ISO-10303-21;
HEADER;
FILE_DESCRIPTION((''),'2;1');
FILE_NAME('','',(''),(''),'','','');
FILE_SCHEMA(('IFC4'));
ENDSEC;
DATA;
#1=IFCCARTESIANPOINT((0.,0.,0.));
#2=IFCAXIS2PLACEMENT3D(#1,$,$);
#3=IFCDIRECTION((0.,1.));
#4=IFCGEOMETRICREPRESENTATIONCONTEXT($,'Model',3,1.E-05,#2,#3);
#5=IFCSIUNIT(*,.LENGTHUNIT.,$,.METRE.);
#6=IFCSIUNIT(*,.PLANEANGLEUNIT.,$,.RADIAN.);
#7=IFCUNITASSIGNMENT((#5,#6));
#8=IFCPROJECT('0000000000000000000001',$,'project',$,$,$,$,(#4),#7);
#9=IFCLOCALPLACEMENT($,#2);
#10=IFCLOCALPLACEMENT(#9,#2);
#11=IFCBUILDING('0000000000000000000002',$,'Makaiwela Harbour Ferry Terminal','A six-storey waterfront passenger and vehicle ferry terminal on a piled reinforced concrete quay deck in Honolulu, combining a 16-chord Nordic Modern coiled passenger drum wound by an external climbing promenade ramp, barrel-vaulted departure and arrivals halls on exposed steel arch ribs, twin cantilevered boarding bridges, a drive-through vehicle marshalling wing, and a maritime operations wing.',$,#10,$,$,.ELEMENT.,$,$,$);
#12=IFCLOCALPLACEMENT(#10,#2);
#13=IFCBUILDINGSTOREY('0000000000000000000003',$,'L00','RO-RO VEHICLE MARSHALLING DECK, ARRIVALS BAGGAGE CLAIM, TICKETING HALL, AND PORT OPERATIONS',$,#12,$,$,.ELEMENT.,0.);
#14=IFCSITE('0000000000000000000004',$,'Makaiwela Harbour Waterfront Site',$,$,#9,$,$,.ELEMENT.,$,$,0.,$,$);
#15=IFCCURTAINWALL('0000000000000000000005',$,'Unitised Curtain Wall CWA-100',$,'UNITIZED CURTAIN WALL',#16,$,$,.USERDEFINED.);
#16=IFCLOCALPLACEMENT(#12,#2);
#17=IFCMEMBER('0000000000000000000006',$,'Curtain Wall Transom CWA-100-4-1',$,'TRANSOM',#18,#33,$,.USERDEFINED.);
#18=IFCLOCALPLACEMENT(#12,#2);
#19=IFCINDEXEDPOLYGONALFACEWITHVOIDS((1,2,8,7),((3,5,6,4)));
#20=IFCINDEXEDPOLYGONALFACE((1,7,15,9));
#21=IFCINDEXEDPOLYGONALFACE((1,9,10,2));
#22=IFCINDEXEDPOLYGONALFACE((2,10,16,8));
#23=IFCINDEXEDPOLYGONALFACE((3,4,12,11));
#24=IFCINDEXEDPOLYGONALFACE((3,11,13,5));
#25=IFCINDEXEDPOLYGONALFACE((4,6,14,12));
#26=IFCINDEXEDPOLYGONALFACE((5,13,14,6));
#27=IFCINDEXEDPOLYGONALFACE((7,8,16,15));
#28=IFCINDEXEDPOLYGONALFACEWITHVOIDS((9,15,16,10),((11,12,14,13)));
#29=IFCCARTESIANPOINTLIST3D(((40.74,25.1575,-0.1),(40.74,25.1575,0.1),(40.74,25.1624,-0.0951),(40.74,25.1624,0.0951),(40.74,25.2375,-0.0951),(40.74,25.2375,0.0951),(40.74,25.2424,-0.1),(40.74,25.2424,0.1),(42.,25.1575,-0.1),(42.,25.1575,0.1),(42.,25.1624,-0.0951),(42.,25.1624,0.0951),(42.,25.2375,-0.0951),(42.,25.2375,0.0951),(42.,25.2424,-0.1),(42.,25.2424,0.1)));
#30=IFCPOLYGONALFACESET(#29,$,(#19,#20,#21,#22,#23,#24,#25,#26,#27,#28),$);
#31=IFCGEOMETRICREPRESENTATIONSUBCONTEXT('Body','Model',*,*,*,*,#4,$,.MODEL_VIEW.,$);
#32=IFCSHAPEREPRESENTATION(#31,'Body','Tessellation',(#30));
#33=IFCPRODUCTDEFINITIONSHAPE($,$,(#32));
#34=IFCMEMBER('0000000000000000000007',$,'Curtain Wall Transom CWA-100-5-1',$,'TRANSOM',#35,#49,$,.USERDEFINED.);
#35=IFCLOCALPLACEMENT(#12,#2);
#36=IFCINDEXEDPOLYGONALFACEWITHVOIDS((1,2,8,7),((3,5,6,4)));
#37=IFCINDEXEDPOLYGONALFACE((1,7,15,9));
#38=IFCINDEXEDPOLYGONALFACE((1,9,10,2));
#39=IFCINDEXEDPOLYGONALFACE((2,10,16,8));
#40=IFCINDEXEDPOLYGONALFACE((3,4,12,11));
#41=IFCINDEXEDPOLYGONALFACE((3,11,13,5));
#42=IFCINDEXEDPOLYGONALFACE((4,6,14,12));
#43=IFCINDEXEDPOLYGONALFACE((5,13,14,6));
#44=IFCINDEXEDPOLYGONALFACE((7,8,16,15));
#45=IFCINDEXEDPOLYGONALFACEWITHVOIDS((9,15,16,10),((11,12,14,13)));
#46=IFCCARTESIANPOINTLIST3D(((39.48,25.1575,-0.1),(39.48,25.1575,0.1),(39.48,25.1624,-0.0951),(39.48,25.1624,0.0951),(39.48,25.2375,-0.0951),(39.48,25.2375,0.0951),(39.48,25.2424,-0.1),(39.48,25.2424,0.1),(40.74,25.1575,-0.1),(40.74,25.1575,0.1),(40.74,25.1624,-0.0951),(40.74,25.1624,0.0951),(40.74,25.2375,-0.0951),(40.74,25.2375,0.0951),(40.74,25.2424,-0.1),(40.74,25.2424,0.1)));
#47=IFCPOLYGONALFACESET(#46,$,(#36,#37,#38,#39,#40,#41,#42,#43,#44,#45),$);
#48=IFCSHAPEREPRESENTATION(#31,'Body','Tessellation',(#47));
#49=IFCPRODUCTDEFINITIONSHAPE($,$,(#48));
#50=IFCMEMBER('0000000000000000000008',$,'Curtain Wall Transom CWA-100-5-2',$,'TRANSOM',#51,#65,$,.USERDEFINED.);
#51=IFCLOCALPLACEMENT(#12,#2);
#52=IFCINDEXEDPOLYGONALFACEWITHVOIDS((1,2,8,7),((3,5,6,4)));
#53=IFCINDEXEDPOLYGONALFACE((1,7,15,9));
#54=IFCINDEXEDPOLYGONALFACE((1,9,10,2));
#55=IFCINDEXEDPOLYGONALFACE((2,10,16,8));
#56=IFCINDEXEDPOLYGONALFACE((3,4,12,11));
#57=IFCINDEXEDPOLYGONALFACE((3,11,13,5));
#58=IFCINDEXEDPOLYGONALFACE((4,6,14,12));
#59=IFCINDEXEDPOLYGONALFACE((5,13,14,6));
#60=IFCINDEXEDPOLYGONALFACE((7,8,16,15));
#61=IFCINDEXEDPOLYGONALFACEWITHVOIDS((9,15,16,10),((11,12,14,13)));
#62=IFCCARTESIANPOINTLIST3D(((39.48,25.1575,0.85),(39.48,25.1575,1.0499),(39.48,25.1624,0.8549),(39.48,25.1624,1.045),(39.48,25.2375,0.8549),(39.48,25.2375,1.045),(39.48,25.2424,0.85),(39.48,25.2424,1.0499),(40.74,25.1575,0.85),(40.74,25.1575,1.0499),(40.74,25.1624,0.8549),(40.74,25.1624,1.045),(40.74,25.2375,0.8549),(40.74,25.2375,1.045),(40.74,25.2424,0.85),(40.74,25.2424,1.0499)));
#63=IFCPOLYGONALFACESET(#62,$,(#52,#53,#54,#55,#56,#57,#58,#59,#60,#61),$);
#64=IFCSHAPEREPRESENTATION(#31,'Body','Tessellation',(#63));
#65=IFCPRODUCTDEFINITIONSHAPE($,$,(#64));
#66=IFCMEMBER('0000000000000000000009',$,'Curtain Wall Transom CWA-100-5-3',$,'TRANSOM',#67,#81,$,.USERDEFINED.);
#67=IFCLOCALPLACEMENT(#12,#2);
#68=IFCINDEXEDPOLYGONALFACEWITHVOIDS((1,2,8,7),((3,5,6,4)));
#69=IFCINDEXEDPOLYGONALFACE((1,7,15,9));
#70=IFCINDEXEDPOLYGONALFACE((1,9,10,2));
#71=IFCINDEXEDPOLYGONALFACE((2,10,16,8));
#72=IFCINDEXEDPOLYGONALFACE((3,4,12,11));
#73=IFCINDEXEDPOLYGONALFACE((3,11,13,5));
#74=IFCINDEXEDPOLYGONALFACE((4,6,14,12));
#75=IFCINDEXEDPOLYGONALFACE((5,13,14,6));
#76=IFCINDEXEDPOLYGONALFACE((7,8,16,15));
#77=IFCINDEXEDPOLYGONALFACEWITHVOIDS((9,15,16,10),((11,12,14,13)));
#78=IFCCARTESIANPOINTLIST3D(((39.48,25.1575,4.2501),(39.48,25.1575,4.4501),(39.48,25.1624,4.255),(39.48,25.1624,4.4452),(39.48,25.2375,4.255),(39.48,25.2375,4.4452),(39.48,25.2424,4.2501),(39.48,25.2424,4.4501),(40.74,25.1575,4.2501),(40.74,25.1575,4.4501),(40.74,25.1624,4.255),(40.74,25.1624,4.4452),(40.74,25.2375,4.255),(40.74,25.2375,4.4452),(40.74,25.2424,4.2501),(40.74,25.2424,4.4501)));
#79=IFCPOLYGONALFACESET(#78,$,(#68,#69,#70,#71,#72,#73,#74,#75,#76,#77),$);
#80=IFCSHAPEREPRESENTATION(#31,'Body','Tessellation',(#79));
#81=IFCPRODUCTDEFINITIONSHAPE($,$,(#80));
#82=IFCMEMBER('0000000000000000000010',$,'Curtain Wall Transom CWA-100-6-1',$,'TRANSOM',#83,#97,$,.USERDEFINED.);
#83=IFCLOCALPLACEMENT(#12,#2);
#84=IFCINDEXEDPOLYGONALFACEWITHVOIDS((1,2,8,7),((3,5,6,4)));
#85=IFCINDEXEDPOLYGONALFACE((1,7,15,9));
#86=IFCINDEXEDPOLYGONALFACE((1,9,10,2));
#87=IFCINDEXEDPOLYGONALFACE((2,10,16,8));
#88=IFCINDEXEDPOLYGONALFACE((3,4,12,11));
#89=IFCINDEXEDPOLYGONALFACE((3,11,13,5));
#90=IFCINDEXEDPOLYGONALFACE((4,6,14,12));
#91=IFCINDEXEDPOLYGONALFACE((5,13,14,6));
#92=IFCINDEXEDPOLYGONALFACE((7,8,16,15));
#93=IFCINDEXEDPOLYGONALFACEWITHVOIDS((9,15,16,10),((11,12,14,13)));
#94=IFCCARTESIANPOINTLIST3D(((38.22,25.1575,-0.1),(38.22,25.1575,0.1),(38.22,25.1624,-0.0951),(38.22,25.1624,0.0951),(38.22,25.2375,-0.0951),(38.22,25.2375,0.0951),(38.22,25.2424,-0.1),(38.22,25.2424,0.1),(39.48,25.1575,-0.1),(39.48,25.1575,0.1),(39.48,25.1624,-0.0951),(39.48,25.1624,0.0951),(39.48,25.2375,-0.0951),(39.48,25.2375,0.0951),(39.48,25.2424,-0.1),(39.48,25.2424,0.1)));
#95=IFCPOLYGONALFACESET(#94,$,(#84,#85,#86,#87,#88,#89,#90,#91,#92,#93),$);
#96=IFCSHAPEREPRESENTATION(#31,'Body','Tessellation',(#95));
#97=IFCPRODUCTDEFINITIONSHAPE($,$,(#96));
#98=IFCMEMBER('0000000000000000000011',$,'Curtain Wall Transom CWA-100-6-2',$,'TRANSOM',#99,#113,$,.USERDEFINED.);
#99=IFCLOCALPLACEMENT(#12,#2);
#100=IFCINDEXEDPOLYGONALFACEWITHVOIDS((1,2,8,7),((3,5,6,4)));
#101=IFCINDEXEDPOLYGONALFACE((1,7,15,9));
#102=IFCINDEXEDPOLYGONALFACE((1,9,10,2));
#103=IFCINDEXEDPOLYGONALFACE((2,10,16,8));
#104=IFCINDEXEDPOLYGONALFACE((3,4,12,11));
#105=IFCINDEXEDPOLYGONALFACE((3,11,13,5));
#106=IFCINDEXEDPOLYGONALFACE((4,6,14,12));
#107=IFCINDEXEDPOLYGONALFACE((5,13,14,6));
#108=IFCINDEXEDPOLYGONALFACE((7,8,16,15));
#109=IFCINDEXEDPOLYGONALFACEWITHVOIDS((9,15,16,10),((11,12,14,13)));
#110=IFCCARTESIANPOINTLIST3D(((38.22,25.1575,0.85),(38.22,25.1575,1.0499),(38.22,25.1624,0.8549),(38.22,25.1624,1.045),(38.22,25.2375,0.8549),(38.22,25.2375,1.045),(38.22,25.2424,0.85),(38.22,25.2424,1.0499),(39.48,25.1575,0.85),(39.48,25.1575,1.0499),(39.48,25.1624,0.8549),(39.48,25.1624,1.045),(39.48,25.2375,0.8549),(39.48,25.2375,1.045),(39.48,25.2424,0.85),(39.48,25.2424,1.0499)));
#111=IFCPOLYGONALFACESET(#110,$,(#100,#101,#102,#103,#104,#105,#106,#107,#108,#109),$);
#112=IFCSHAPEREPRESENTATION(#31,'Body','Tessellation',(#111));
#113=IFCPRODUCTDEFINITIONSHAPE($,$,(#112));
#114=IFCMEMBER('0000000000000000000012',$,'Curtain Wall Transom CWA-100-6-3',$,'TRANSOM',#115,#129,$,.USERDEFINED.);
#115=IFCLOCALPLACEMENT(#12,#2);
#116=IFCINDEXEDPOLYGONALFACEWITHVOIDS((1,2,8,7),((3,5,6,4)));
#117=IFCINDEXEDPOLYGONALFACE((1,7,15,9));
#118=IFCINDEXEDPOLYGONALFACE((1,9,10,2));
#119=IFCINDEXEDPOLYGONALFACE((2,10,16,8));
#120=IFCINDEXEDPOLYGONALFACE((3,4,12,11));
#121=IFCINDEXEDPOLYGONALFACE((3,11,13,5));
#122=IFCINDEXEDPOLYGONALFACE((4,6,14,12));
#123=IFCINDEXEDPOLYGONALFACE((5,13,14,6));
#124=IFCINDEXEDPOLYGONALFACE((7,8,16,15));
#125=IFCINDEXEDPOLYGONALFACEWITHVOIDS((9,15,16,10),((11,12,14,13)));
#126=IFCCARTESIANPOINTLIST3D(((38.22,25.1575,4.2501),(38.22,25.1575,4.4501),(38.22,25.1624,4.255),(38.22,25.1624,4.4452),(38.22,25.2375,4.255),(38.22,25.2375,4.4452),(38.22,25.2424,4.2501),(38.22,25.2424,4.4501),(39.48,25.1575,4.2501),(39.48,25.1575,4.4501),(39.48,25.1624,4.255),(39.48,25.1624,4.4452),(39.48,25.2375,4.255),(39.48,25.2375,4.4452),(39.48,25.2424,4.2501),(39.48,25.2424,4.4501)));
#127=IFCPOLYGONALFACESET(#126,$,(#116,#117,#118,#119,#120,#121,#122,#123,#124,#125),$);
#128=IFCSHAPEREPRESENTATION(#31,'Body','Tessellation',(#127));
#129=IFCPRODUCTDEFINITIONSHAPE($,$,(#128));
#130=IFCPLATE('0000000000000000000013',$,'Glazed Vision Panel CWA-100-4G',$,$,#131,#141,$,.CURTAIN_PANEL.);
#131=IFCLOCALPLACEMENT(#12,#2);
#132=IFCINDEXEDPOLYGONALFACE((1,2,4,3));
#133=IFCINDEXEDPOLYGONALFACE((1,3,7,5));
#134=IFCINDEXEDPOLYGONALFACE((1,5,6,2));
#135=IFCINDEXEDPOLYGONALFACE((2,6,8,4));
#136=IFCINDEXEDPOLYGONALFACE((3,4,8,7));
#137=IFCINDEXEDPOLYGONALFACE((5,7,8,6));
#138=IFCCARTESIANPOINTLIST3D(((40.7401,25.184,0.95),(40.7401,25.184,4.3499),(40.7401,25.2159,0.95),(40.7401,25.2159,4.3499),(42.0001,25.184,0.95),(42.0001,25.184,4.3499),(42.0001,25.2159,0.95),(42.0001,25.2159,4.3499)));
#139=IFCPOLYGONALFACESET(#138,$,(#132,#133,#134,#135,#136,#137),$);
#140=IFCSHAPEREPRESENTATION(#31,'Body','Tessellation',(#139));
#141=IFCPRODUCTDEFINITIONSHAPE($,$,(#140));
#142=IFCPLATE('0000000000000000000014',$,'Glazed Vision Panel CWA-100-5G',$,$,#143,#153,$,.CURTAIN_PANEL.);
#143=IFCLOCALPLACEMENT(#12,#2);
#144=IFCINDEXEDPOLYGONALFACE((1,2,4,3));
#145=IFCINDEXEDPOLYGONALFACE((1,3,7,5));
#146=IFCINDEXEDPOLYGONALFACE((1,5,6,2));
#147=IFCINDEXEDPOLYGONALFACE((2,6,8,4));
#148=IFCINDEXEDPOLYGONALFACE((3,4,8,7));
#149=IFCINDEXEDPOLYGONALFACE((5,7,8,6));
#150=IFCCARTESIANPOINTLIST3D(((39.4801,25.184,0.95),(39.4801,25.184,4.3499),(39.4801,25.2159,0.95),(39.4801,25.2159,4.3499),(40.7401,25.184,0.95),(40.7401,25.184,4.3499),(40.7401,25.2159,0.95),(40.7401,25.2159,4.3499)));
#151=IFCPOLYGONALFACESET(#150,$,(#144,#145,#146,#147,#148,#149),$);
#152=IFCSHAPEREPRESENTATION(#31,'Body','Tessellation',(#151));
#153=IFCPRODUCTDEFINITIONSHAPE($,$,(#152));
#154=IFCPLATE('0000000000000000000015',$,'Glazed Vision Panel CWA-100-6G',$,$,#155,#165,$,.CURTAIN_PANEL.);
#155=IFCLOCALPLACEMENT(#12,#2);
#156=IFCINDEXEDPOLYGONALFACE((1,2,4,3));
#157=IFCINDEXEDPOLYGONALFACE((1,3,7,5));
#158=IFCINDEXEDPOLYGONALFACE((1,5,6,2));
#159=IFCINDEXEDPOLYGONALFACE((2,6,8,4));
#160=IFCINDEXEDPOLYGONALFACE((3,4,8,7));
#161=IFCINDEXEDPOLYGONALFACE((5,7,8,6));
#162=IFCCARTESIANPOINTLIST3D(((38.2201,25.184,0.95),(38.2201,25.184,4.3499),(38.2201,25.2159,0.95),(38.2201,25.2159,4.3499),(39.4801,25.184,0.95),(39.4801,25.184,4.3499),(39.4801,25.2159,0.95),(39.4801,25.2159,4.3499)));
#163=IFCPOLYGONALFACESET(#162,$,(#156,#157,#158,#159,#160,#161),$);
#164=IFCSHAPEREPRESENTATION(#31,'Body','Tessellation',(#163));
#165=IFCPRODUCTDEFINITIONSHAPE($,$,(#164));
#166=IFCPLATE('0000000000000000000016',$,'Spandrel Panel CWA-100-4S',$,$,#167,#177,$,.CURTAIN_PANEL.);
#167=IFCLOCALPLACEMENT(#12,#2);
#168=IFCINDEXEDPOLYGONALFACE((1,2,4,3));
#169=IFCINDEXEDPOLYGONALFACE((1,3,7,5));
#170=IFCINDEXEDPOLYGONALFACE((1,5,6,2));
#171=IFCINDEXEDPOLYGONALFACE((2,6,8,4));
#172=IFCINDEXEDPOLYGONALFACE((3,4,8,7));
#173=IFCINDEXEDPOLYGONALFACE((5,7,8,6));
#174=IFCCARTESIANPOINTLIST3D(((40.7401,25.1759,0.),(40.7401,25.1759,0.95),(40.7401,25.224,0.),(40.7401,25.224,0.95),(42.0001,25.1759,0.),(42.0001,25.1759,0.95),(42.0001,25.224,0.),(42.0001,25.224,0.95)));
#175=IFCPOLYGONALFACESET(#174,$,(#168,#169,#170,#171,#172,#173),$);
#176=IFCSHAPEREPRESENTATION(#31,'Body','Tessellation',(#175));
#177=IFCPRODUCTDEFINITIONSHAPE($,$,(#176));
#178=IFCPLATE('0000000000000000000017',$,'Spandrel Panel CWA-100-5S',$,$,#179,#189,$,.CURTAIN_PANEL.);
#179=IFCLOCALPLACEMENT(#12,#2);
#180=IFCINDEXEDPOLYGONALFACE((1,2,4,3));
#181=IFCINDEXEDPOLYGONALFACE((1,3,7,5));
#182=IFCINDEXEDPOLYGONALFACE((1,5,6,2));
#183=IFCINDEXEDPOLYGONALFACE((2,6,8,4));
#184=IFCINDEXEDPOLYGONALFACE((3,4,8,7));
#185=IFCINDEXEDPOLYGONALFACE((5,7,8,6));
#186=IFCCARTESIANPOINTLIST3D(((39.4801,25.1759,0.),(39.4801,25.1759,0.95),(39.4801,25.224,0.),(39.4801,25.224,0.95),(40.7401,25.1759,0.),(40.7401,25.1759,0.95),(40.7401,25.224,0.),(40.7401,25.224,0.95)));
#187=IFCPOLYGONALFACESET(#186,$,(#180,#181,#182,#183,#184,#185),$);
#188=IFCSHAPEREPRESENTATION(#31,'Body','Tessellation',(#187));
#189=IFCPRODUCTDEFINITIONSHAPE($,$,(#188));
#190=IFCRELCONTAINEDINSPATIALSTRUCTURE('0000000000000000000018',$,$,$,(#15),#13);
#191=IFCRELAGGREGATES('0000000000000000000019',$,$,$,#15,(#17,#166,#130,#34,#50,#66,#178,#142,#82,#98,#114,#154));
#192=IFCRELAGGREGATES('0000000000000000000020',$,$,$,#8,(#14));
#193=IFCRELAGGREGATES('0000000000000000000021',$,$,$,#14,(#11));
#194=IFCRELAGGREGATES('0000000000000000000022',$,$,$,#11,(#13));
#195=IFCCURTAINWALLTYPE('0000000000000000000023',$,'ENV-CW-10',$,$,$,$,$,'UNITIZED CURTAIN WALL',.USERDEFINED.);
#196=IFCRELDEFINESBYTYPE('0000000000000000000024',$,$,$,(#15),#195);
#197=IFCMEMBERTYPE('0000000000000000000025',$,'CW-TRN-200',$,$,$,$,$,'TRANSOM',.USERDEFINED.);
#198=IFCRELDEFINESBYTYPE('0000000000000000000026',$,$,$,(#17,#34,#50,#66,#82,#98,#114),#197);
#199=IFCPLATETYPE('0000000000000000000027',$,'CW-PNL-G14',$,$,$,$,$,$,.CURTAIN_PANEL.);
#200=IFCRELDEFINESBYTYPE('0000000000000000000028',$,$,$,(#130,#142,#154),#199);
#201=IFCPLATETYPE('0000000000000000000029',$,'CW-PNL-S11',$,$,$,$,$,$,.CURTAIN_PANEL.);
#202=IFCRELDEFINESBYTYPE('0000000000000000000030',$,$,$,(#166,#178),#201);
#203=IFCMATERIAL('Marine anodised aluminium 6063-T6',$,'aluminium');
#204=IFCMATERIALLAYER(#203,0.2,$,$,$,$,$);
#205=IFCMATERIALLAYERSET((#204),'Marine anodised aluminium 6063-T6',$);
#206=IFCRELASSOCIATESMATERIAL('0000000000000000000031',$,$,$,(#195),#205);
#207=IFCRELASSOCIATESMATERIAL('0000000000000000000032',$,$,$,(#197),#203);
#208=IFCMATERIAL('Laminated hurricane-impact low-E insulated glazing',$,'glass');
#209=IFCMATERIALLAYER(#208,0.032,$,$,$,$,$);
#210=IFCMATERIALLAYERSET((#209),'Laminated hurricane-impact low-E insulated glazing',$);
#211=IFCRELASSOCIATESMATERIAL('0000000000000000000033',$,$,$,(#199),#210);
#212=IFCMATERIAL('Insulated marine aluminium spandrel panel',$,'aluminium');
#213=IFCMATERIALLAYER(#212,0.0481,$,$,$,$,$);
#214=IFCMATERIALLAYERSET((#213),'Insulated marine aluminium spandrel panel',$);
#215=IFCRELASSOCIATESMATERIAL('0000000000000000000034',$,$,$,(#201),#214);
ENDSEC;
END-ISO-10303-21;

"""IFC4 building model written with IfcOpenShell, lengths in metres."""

from ifc_helpers import new_model, si_unit, direction, frame, origin, origin_2d, place, context, subcontext, project, spatial, rectangle, hollow_rectangle, extrude, material, layer, layer_set, material_profile, profile_set, type_object, element, aggregate, save


model = new_model("IFC4")

# Units and contexts
model_context = context("Model", 3, precision=1e-05, world=origin(), true_north=direction((0.0, 1.0)))
body_context = subcontext(model_context, "Body", "Model", "MODEL_VIEW")
ifc_project = project(units=[si_unit("LENGTHUNIT", "METRE"), si_unit("PLANEANGLEUNIT", "RADIAN")], contexts=[model_context])

# Site, building, storey
site_placement = place(None, origin())
site = spatial("IfcSite", under=ifc_project, at=site_placement, Name="Makaiwela Harbour Waterfront Site", CompositionType="ELEMENT", RefElevation=0.0)
building_placement = place(site_placement, origin())
building = spatial("IfcBuilding", under=site, at=building_placement, Name="Makaiwela Harbour Ferry Terminal", Description="A six-storey waterfront passenger and vehicle ferry terminal on a piled reinforced concrete quay deck in Honolulu, combining a 16-chord Nordic Modern coiled passenger drum wound by an external climbing promenade ramp, barrel-vaulted departure and arrivals halls on exposed steel arch ribs, twin cantilevered boarding bridges, a drive-through vehicle marshalling wing, and a maritime operations wing.", CompositionType="ELEMENT")
storey_placement = place(building_placement, origin())
storey = spatial("IfcBuildingStorey", under=building, at=storey_placement, Name="L00", Description="RO-RO VEHICLE MARSHALLING DECK, ARRIVALS BAGGAGE CLAIM, TICKETING HALL, AND PORT OPERATIONS", CompositionType="ELEMENT", Elevation=0.0)

# Curtain wall
ifc_material_1 = material(Name="Marine anodised aluminium 6063-T6", Category="aluminium")
ifc_layer_1 = layer(ifc_material_1, 0.2)
ifc_layer_set_1 = layer_set([ifc_layer_1], Name="Marine anodised aluminium 6063-T6")
curtain_wall_type = type_object("IfcCurtainWallType", Name="ENV-CW-10", ElementType="UNITIZED CURTAIN WALL", PredefinedType="USERDEFINED", material=ifc_layer_set_1)
curtain_wall_1_placement = place(storey_placement, origin())
curtain_wall_1 = element("IfcCurtainWall", 1, at=curtain_wall_1_placement, inside=storey, type_object=curtain_wall_type, Name="Unitised Curtain Wall CWA-100", ObjectType="UNITIZED CURTAIN WALL", PredefinedType="USERDEFINED")

# Shared definitions
ifc_material_profile_1 = material_profile(ifc_material_1, hollow_rectangle(XDim=0.085, YDim=0.2, WallThickness=0.0049, at=origin_2d()), Name="CWT-200X85")
ifc_profile_set_1 = profile_set([ifc_material_profile_1], Name="Marine anodised aluminium 6063-T6")
member_type_1 = type_object("IfcMemberType", Name="CW-TRN-200", ElementType="TRANSOM", PredefinedType="USERDEFINED", material=ifc_profile_set_1)

# Members
member_1_placement = place(storey_placement, frame((42.0, 25.2, 0.0), z_axis=(-1.0, 0.0, 0.0), x_axis=(0.0, -1.0, 0.0)))
member_1 = element("IfcMember", 2, at=member_1_placement, type_object=member_type_1, Name="Curtain Wall Transom CWA-100-4-1", ObjectType="TRANSOM", PredefinedType="USERDEFINED", context=body_context, shape_type="SweptSolid", body=[
    extrude(hollow_rectangle(XDim=0.085, YDim=0.2, WallThickness=0.0049, at=origin_2d()), origin(), (0.0, 0.0, 1.0), 1.26),
])
member_2_placement = place(storey_placement, frame((40.74, 25.2, 0.0), z_axis=(-1.0, 0.0, 0.0), x_axis=(0.0, -1.0, 0.0)))
member_2 = element("IfcMember", 3, at=member_2_placement, type_object=member_type_1, Name="Curtain Wall Transom CWA-100-5-1", ObjectType="TRANSOM", PredefinedType="USERDEFINED", context=body_context, shape_type="SweptSolid", body=[
    extrude(hollow_rectangle(XDim=0.085, YDim=0.2, WallThickness=0.0049, at=origin_2d()), origin(), (0.0, 0.0, 1.0), 1.26),
])
member_3_placement = place(storey_placement, frame((40.74, 25.2, 0.95), z_axis=(-1.0, 0.0, 0.0), x_axis=(0.0, -1.0, 0.0)))
member_3 = element("IfcMember", 4, at=member_3_placement, type_object=member_type_1, Name="Curtain Wall Transom CWA-100-5-2", ObjectType="TRANSOM", PredefinedType="USERDEFINED", context=body_context, shape_type="SweptSolid", body=[
    extrude(hollow_rectangle(XDim=0.085, YDim=0.2, WallThickness=0.0049, at=origin_2d()), origin(), (0.0, 0.0, 1.0), 1.26),
])
member_4_placement = place(storey_placement, frame((40.74, 25.2, 4.3501), z_axis=(-1.0, 0.0, 0.0), x_axis=(0.0, -1.0, 0.0)))
member_4 = element("IfcMember", 5, at=member_4_placement, type_object=member_type_1, Name="Curtain Wall Transom CWA-100-5-3", ObjectType="TRANSOM", PredefinedType="USERDEFINED", context=body_context, shape_type="SweptSolid", body=[
    extrude(hollow_rectangle(XDim=0.085, YDim=0.2, WallThickness=0.0049, at=origin_2d()), origin(), (0.0, 0.0, 1.0), 1.26),
])
member_5_placement = place(storey_placement, frame((39.48, 25.2, 0.0), z_axis=(-1.0, 0.0, 0.0), x_axis=(0.0, -1.0, 0.0)))
member_5 = element("IfcMember", 6, at=member_5_placement, type_object=member_type_1, Name="Curtain Wall Transom CWA-100-6-1", ObjectType="TRANSOM", PredefinedType="USERDEFINED", context=body_context, shape_type="SweptSolid", body=[
    extrude(hollow_rectangle(XDim=0.085, YDim=0.2, WallThickness=0.0049, at=origin_2d()), origin(), (0.0, 0.0, 1.0), 1.26),
])
member_6_placement = place(storey_placement, frame((39.48, 25.2, 0.95), z_axis=(-1.0, 0.0, 0.0), x_axis=(0.0, -1.0, 0.0)))
member_6 = element("IfcMember", 7, at=member_6_placement, type_object=member_type_1, Name="Curtain Wall Transom CWA-100-6-2", ObjectType="TRANSOM", PredefinedType="USERDEFINED", context=body_context, shape_type="SweptSolid", body=[
    extrude(hollow_rectangle(XDim=0.085, YDim=0.2, WallThickness=0.0049, at=origin_2d()), origin(), (0.0, 0.0, 1.0), 1.26),
])
member_7_placement = place(storey_placement, frame((39.48, 25.2, 4.3501), z_axis=(-1.0, 0.0, 0.0), x_axis=(0.0, -1.0, 0.0)))
member_7 = element("IfcMember", 8, at=member_7_placement, type_object=member_type_1, Name="Curtain Wall Transom CWA-100-6-3", ObjectType="TRANSOM", PredefinedType="USERDEFINED", context=body_context, shape_type="SweptSolid", body=[
    extrude(hollow_rectangle(XDim=0.085, YDim=0.2, WallThickness=0.0049, at=origin_2d()), origin(), (0.0, 0.0, 1.0), 1.26),
])

# Plates
ifc_material_2 = material(Name="Laminated hurricane-impact low-E insulated glazing", Category="glass")
ifc_layer_2 = layer(ifc_material_2, 0.032)
ifc_layer_set_2 = layer_set([ifc_layer_2], Name="Laminated hurricane-impact low-E insulated glazing")
plate_type_1 = type_object("IfcPlateType", Name="CW-PNL-G14", PredefinedType="CURTAIN_PANEL", material=ifc_layer_set_2)
plate_1_placement = place(storey_placement, frame((41.3701, 25.2, 0.95), z_axis=(0.0, 0.0, 1.0), x_axis=(-1.0, 0.0, 0.0)))
plate_1 = element("IfcPlate", 9, at=plate_1_placement, type_object=plate_type_1, Name="Glazed Vision Panel CWA-100-4G", PredefinedType="CURTAIN_PANEL", context=body_context, shape_type="SweptSolid", body=[
    extrude(rectangle(XDim=1.26, YDim=0.032, at=origin_2d()), origin(), (0.0, 0.0, 1.0), 3.3999),
])
plate_2_placement = place(storey_placement, frame((40.1101, 25.2, 0.95), z_axis=(0.0, 0.0, 1.0), x_axis=(-1.0, 0.0, 0.0)))
plate_2 = element("IfcPlate", 10, at=plate_2_placement, type_object=plate_type_1, Name="Glazed Vision Panel CWA-100-5G", PredefinedType="CURTAIN_PANEL", context=body_context, shape_type="SweptSolid", body=[
    extrude(rectangle(XDim=1.26, YDim=0.032, at=origin_2d()), origin(), (0.0, 0.0, 1.0), 3.3999),
])
plate_3_placement = place(storey_placement, frame((38.8501, 25.2, 0.95), z_axis=(0.0, 0.0, 1.0), x_axis=(-1.0, 0.0, 0.0)))
plate_3 = element("IfcPlate", 11, at=plate_3_placement, type_object=plate_type_1, Name="Glazed Vision Panel CWA-100-6G", PredefinedType="CURTAIN_PANEL", context=body_context, shape_type="SweptSolid", body=[
    extrude(rectangle(XDim=1.26, YDim=0.032, at=origin_2d()), origin(), (0.0, 0.0, 1.0), 3.3999),
])
ifc_material_3 = material(Name="Insulated marine aluminium spandrel panel", Category="aluminium")
ifc_layer_3 = layer(ifc_material_3, 0.0481)
ifc_layer_set_3 = layer_set([ifc_layer_3], Name="Insulated marine aluminium spandrel panel")
plate_type_2 = type_object("IfcPlateType", Name="CW-PNL-S11", PredefinedType="CURTAIN_PANEL", material=ifc_layer_set_3)
plate_4_placement = place(storey_placement, frame((41.3701, 25.2, 0.0), z_axis=(0.0, 0.0, 1.0), x_axis=(-1.0, 0.0, 0.0)))
plate_4 = element("IfcPlate", 12, at=plate_4_placement, type_object=plate_type_2, Name="Spandrel Panel CWA-100-4S", PredefinedType="CURTAIN_PANEL", context=body_context, shape_type="SweptSolid", body=[
    extrude(rectangle(XDim=1.26, YDim=0.0481, at=origin_2d()), origin(), (0.0, 0.0, 1.0), 0.95),
])
plate_5_placement = place(storey_placement, frame((40.1101, 25.2, 0.0), z_axis=(0.0, 0.0, 1.0), x_axis=(-1.0, 0.0, 0.0)))
plate_5 = element("IfcPlate", 13, at=plate_5_placement, type_object=plate_type_2, Name="Spandrel Panel CWA-100-5S", PredefinedType="CURTAIN_PANEL", context=body_context, shape_type="SweptSolid", body=[
    extrude(rectangle(XDim=1.26, YDim=0.0481, at=origin_2d()), origin(), (0.0, 0.0, 1.0), 0.95),
])
aggregate(curtain_wall_1, [member_1, plate_4, plate_1, member_2, member_3, member_4, plate_5, plate_2, member_5, member_6, member_7, plate_3])

save(model, "model.ifc")
